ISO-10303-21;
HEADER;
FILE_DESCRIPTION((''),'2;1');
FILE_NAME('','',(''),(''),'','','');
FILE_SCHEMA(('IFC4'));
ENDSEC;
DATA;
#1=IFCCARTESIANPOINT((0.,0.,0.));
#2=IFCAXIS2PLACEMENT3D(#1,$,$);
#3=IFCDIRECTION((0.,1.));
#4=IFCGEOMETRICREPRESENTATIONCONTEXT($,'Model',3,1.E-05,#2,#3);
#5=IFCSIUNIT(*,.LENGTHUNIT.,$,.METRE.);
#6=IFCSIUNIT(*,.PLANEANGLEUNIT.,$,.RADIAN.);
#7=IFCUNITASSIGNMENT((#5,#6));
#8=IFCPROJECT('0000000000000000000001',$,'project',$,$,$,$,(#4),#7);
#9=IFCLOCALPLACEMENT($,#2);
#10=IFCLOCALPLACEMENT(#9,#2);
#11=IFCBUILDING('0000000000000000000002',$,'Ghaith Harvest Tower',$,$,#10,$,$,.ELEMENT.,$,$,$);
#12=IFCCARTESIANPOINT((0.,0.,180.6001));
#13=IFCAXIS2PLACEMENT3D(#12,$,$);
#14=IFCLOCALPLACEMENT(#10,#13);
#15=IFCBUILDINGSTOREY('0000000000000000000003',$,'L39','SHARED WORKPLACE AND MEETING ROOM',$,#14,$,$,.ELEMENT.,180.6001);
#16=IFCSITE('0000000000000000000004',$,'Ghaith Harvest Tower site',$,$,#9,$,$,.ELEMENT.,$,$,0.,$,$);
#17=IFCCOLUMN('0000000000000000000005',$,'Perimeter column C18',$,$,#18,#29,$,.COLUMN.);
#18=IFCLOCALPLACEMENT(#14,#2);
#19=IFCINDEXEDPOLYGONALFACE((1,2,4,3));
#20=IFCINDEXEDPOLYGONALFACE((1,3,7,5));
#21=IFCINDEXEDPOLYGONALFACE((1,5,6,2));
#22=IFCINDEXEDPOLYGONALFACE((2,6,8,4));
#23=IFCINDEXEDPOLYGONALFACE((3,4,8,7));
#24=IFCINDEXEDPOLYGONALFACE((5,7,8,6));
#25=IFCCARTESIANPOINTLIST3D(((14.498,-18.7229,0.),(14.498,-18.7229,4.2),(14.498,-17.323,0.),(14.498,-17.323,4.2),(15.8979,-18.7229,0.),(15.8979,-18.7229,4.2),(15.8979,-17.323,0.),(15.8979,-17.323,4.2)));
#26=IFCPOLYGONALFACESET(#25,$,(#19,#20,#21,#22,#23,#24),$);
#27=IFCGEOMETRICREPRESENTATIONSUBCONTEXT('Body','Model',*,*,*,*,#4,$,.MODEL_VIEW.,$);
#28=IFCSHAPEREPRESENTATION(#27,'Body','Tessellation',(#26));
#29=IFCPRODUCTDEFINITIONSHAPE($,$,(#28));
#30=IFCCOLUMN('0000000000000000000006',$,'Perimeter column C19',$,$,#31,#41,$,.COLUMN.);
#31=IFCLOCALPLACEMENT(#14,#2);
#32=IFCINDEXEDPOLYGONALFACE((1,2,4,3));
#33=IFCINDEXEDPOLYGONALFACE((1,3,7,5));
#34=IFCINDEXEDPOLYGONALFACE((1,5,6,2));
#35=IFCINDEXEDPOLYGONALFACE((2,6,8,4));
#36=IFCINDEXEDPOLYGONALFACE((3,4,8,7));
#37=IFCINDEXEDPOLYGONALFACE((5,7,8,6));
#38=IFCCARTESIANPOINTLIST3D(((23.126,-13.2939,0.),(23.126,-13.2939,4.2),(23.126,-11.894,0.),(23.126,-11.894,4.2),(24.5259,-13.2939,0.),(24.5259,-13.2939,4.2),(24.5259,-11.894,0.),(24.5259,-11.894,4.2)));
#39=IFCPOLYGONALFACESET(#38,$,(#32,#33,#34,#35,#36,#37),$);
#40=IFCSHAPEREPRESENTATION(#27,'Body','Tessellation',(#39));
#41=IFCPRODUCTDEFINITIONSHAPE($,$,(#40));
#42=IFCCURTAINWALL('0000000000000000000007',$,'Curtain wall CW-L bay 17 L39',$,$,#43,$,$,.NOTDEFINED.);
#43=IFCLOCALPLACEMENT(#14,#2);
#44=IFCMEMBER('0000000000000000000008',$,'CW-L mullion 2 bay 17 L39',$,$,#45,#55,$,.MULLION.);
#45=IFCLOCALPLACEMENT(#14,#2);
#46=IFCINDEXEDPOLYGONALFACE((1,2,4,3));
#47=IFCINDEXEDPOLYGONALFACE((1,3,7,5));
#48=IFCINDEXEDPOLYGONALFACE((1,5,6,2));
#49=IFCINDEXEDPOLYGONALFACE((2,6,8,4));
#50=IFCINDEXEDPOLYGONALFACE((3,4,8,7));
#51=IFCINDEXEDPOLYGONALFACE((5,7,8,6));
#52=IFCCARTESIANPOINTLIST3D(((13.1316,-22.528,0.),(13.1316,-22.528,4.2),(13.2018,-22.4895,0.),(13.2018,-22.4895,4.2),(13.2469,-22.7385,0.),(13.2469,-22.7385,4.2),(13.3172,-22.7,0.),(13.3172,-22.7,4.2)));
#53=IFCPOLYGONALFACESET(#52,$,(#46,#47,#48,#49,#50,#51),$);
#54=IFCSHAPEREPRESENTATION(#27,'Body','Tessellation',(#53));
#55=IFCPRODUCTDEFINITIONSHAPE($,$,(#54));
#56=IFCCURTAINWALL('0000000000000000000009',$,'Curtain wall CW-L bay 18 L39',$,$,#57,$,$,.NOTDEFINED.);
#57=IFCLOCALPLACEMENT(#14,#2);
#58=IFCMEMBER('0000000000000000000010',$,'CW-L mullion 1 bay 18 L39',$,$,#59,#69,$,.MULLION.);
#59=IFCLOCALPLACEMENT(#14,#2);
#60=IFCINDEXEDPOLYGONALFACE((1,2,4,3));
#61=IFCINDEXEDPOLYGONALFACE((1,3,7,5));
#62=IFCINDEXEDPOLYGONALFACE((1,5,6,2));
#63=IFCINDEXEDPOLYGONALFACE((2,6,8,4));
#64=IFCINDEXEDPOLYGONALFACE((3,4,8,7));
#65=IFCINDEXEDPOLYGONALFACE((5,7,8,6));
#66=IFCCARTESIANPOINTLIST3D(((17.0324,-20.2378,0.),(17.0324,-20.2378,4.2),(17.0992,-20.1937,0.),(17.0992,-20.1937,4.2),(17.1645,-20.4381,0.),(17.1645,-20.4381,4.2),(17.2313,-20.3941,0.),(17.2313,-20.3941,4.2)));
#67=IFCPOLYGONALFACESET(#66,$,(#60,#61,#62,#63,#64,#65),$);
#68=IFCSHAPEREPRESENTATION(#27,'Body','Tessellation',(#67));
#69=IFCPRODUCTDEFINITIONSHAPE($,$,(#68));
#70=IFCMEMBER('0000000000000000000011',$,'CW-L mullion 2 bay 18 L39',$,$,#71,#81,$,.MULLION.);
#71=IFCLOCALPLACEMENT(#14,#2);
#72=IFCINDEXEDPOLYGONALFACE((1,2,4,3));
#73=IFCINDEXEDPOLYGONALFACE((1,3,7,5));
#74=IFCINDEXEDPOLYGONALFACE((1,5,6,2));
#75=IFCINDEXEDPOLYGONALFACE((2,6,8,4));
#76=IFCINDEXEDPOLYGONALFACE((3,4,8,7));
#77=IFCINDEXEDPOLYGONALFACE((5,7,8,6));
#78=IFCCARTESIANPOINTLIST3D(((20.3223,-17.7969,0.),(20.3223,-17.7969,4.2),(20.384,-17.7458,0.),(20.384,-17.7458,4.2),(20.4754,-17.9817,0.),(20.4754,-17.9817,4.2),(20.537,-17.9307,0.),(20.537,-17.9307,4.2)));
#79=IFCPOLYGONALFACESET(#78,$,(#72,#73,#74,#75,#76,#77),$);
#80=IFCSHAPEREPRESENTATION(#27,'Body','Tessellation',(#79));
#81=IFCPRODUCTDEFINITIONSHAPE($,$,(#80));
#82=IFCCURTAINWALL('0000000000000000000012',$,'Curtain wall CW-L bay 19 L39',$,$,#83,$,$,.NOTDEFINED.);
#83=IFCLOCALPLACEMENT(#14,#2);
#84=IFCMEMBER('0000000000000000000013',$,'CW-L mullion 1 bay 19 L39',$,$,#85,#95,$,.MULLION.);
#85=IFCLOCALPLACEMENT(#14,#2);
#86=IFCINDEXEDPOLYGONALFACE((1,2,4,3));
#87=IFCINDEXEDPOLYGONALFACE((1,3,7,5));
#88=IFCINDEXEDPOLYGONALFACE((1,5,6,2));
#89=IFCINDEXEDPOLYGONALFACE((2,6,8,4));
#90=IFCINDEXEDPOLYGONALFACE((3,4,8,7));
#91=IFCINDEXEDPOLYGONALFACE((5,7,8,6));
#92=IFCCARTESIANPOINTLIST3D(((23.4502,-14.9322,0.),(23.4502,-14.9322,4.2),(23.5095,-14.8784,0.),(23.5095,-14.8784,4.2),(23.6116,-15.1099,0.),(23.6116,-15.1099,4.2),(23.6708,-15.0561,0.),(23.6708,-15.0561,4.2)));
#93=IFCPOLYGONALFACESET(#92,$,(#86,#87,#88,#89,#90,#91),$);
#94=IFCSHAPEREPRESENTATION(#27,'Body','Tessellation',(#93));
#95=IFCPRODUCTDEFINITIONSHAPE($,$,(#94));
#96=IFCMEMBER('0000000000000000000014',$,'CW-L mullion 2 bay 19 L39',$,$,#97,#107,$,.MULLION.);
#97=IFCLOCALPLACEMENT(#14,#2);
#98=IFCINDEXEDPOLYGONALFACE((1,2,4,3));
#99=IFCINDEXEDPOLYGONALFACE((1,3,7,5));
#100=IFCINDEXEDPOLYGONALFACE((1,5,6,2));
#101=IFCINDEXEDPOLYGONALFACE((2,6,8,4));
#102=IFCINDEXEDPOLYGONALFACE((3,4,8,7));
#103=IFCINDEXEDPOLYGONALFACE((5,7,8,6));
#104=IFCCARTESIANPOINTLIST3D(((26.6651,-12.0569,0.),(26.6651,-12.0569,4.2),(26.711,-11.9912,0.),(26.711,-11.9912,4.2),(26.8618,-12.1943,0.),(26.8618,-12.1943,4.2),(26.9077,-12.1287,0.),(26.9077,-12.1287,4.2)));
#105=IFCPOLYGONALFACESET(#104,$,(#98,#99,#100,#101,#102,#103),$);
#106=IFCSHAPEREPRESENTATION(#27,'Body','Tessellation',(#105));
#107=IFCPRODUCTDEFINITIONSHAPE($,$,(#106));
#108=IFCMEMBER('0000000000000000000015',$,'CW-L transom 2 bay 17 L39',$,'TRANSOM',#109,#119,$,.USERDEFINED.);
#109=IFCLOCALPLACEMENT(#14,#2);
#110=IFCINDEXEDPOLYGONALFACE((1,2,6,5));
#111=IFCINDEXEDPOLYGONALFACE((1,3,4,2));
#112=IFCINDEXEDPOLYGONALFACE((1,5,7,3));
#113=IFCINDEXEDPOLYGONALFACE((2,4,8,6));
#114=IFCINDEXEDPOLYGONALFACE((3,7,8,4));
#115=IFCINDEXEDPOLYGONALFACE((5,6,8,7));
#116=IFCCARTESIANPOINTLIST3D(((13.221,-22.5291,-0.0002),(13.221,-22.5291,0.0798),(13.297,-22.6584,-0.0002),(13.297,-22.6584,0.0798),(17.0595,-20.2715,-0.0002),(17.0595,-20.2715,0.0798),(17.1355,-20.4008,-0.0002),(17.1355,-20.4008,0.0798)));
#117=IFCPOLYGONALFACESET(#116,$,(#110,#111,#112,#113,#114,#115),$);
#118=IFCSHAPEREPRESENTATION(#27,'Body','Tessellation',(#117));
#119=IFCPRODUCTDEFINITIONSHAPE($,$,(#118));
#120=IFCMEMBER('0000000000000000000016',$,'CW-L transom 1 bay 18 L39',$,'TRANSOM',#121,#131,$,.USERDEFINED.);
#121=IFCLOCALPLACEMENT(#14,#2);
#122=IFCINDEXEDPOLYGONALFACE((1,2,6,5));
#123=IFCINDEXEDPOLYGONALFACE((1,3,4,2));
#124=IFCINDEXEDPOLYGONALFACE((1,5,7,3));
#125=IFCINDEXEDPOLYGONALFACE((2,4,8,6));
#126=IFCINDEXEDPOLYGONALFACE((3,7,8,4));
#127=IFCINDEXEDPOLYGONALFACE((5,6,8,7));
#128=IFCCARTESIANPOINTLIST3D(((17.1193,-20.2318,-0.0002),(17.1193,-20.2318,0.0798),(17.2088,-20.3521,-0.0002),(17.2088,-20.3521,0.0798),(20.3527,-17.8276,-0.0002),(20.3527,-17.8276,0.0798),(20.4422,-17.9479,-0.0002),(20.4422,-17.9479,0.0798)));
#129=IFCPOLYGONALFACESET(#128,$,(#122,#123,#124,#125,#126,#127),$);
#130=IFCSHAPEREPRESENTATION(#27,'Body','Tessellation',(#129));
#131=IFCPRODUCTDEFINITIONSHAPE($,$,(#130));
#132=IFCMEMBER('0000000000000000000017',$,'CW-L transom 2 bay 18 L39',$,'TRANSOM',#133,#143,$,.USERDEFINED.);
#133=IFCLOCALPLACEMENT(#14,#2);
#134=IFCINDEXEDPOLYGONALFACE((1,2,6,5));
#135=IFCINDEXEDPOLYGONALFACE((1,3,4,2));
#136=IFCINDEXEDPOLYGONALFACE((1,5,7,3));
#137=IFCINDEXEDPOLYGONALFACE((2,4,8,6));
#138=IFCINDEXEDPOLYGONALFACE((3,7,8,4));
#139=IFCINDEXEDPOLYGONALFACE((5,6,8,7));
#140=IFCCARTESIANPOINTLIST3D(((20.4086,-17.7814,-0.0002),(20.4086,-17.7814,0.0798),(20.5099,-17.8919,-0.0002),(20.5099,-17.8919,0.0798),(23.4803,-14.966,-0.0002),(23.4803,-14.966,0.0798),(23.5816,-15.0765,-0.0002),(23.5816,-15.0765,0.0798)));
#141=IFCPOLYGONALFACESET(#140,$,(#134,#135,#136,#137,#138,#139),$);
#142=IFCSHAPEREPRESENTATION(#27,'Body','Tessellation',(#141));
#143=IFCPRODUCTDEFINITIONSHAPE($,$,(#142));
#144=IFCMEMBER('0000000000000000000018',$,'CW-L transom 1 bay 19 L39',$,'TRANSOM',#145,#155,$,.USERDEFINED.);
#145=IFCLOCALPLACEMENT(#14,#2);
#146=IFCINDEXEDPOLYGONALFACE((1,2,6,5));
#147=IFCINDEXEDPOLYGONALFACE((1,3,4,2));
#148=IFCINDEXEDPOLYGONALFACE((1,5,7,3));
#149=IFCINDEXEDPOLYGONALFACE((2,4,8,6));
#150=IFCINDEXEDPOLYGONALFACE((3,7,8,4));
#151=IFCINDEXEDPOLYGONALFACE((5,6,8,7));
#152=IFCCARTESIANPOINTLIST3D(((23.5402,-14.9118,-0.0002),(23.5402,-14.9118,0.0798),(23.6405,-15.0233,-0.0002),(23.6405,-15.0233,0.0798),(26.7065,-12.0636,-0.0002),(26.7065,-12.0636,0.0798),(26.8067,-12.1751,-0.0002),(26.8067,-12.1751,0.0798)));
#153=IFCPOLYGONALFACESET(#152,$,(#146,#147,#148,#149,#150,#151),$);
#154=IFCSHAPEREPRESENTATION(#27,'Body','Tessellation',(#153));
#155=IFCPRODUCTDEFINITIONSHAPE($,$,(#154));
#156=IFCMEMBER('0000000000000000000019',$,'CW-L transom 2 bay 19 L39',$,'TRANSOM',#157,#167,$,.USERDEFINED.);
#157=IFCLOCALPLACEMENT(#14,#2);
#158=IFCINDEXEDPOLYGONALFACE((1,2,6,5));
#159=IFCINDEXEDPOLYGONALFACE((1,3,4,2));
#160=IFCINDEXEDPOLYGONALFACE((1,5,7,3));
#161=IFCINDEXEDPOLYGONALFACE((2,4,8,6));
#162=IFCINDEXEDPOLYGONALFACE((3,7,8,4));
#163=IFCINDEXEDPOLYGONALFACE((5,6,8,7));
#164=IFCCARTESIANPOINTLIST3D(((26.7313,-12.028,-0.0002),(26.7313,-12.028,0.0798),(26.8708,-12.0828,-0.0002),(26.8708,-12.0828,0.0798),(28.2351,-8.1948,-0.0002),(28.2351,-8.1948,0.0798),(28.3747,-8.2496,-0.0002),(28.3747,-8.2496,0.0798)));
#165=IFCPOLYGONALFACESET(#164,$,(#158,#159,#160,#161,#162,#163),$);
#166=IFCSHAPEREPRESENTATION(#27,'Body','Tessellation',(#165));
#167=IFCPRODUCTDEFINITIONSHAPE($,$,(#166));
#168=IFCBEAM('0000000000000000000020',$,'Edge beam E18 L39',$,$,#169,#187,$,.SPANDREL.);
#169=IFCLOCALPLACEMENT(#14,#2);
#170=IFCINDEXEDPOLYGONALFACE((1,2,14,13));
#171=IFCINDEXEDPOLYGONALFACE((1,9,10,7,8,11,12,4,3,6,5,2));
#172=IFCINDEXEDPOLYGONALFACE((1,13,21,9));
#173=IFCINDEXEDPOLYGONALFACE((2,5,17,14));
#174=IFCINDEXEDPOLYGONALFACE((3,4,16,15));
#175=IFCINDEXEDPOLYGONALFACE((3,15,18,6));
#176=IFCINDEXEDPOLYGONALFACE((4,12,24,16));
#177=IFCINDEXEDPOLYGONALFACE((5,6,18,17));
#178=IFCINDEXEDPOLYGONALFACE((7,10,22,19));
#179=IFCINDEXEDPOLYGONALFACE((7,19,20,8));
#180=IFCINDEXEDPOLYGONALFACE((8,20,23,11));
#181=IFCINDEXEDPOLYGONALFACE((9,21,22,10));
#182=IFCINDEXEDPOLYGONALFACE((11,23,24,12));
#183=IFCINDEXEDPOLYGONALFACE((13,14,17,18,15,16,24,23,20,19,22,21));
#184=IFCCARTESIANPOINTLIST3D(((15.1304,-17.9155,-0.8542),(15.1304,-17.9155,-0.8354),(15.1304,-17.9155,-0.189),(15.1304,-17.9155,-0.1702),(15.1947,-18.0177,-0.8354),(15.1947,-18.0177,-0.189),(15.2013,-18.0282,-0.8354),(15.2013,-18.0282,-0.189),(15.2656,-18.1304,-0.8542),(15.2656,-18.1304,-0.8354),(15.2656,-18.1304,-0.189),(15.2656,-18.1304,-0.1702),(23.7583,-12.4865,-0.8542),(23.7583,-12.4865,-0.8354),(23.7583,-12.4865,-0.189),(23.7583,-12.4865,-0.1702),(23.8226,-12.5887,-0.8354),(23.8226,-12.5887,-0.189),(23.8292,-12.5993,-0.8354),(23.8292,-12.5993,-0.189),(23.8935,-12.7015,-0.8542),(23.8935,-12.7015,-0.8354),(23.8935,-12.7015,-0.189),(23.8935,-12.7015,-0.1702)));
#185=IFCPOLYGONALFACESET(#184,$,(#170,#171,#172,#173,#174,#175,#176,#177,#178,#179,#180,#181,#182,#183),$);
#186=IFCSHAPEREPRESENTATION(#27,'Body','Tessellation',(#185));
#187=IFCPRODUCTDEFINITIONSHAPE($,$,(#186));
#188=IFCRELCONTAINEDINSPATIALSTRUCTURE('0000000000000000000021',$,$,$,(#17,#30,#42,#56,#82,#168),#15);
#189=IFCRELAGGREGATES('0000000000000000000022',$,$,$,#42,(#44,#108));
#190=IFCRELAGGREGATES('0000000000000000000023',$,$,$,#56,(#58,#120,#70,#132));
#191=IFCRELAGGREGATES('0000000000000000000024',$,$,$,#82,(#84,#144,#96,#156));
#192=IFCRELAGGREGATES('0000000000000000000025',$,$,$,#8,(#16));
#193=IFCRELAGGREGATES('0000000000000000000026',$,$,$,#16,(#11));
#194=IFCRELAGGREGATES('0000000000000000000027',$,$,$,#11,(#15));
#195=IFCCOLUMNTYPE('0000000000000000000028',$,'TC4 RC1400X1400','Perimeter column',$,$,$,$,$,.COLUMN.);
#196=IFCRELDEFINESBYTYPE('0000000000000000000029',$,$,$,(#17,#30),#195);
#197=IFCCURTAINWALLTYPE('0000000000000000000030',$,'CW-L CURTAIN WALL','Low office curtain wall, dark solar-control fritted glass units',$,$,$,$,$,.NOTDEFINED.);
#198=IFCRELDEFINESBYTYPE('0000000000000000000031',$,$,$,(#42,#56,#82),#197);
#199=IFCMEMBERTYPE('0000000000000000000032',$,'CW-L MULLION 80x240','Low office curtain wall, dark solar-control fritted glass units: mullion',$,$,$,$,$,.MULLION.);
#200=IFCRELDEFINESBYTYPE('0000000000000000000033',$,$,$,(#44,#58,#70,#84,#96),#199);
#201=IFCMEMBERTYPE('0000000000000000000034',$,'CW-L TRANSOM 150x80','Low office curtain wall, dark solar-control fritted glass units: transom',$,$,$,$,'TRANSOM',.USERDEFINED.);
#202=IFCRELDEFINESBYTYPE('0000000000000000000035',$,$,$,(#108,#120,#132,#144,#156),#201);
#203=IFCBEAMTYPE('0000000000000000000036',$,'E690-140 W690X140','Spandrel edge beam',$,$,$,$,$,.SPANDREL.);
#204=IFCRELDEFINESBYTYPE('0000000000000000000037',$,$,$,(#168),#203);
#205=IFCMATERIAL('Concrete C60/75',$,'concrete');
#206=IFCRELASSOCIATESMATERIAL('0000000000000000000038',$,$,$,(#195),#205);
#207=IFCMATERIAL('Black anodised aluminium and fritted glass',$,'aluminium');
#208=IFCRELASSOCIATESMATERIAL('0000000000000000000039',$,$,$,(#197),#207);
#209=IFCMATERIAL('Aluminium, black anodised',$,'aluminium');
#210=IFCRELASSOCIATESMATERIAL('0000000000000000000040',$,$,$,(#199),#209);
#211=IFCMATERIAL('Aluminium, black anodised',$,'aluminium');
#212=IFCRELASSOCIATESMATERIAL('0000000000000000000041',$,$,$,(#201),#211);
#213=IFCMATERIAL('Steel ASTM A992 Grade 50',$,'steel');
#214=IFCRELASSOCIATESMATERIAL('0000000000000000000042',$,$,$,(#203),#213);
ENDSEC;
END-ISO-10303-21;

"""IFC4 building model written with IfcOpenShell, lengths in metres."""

from ifc_helpers import new_model, si_unit, direction, frame, origin, origin_2d, place, context, subcontext, project, spatial, rectangle, i_section, extrude, material, material_profile, profile_set, type_object, element, aggregate, save


model = new_model("IFC4")

# Units and contexts
model_context = context("Model", 3, precision=1e-05, world=origin(), true_north=direction((0.0, 1.0)))
body_context = subcontext(model_context, "Body", "Model", "MODEL_VIEW")
ifc_project = project(units=[si_unit("LENGTHUNIT", "METRE"), si_unit("PLANEANGLEUNIT", "RADIAN")], contexts=[model_context])

# Site, building, storey
site_placement = place(None, origin())
site = spatial("IfcSite", under=ifc_project, at=site_placement, Name="Ghaith Harvest Tower site", CompositionType="ELEMENT", RefElevation=0.0)
building_placement = place(site_placement, origin())
building = spatial("IfcBuilding", under=site, at=building_placement, Name="Ghaith Harvest Tower", CompositionType="ELEMENT")
storey_placement = place(building_placement, frame((0.0, 0.0, 180.6001)))
storey = spatial("IfcBuildingStorey", under=building, at=storey_placement, Name="L39", Description="SHARED WORKPLACE AND MEETING ROOM", CompositionType="ELEMENT", Elevation=180.6001)

# Columns
ifc_material_1 = material(Name="Concrete C60/75", Category="concrete")
ifc_material_profile_1 = material_profile(ifc_material_1, rectangle(XDim=1.3999, YDim=1.3999, at=origin_2d()), Name="RC1400X1400")
ifc_profile_set_1 = profile_set([ifc_material_profile_1], Name="Concrete C60/75")
column_type = type_object("IfcColumnType", Name="TC4 RC1400X1400", Description="Perimeter column", PredefinedType="COLUMN", material=ifc_profile_set_1)
for number, where, z_axis, x_axis, name in (
    (1, (15.198, -18.0229, 0.0), (0.0, 0.0, 1.0), (1.0, 0.0, 0.0), "Perimeter column C18"),
    (2, (23.8259, -12.594, 0.0), (0.0, 0.0, 1.0), (1.0, 0.0, 0.0), "Perimeter column C19"),
):
    element("IfcColumn", number, at=place(storey_placement, frame(where, z_axis=z_axis, x_axis=x_axis)), inside=storey, type_object=column_type, Name=name, PredefinedType="COLUMN", context=body_context, shape_type="SweptSolid", body=[
        extrude(rectangle(XDim=1.3999, YDim=1.3999, at=origin_2d()), origin(), (0.0, 0.0, 1.0), 4.2),
    ])

# Curtain wall, member
ifc_material_2 = material(Name="Black anodised aluminium and fritted glass", Category="aluminium")
curtain_wall_type = type_object("IfcCurtainWallType", Name="CW-L CURTAIN WALL", Description="Low office curtain wall, dark solar-control fritted glass units", PredefinedType="NOTDEFINED", material=ifc_material_2)
curtain_wall_1_placement = place(storey_placement, origin())
curtain_wall_1 = element("IfcCurtainWall", 3, at=curtain_wall_1_placement, inside=storey, type_object=curtain_wall_type, Name="Curtain wall CW-L bay 17 L39", PredefinedType="NOTDEFINED")
ifc_material_3 = material(Name="Aluminium, black anodised", Category="aluminium")
ifc_material_profile_2 = material_profile(ifc_material_3, rectangle(XDim=0.0801, YDim=0.24, at=origin_2d()), Name="CW-L MULLION 80x240")
ifc_profile_set_2 = profile_set([ifc_material_profile_2], Name="Aluminium, black anodised")
member_type_1 = type_object("IfcMemberType", Name="CW-L MULLION 80x240", Description="Low office curtain wall, dark solar-control fritted glass units: mullion", PredefinedType="MULLION", material=ifc_profile_set_2)
member_1_placement = place(storey_placement, frame((13.2244, -22.614, 0.0), z_axis=(0.0, 0.0, 1.0), x_axis=(0.876899, 0.480675, 0.0)))
member_1 = element("IfcMember", 4, at=member_1_placement, type_object=member_type_1, Name="CW-L mullion 2 bay 17 L39", PredefinedType="MULLION", context=body_context, shape_type="SweptSolid", body=[
    extrude(rectangle(XDim=0.0801, YDim=0.24, at=origin_2d()), origin(), (0.0, 0.0, 1.0), 4.2),
])

# Curtain walls, members
curtain_wall_2_placement = place(storey_placement, origin())
curtain_wall_2 = element("IfcCurtainWall", 5, at=curtain_wall_2_placement, inside=storey, type_object=curtain_wall_type, Name="Curtain wall CW-L bay 18 L39", PredefinedType="NOTDEFINED")
member_2_placement = place(storey_placement, frame((17.1318, -20.3159, 0.0), z_axis=(0.0, 0.0, 1.0), x_axis=(0.834887, 0.550421, 0.0)))
member_2 = element("IfcMember", 6, at=member_2_placement, type_object=member_type_1, Name="CW-L mullion 1 bay 18 L39", PredefinedType="MULLION", context=body_context, shape_type="SweptSolid", body=[
    extrude(rectangle(XDim=0.0801, YDim=0.24, at=origin_2d()), origin(), (0.0, 0.0, 1.0), 4.2),
])
member_3_placement = place(storey_placement, frame((20.4297, -17.8638, 0.0), z_axis=(0.0, 0.0, 1.0), x_axis=(0.770306, 0.637674, 0.0)))
member_3 = element("IfcMember", 7, at=member_3_placement, type_object=member_type_1, Name="CW-L mullion 2 bay 18 L39", PredefinedType="MULLION", context=body_context, shape_type="SweptSolid", body=[
    extrude(rectangle(XDim=0.0801, YDim=0.24, at=origin_2d()), origin(), (0.0, 0.0, 1.0), 4.2),
])
curtain_wall_3_placement = place(storey_placement, origin())
curtain_wall_3 = element("IfcCurtainWall", 8, at=curtain_wall_3_placement, inside=storey, type_object=curtain_wall_type, Name="Curtain wall CW-L bay 19 L39", PredefinedType="NOTDEFINED")
member_4_placement = place(storey_placement, frame((23.5605, -14.9941, 0.0), z_axis=(0.0, 0.0, 1.0), x_axis=(0.740389, 0.672179, 0.0)))
member_4 = element("IfcMember", 9, at=member_4_placement, type_object=member_type_1, Name="CW-L mullion 1 bay 19 L39", PredefinedType="MULLION", context=body_context, shape_type="SweptSolid", body=[
    extrude(rectangle(XDim=0.0801, YDim=0.24, at=origin_2d()), origin(), (0.0, 0.0, 1.0), 4.2),
])
member_5_placement = place(storey_placement, frame((26.7864, -12.0928, 0.0), z_axis=(0.0, 0.0, 1.0), x_axis=(0.572853, 0.819658, 0.0)))
member_5 = element("IfcMember", 10, at=member_5_placement, type_object=member_type_1, Name="CW-L mullion 2 bay 19 L39", PredefinedType="MULLION", context=body_context, shape_type="SweptSolid", body=[
    extrude(rectangle(XDim=0.0801, YDim=0.24, at=origin_2d()), origin(), (0.0, 0.0, 1.0), 4.2),
])

# Members
ifc_material_4 = material(Name="Aluminium, black anodised", Category="aluminium")
ifc_material_profile_3 = material_profile(ifc_material_4, rectangle(XDim=0.1499, YDim=0.0801, at=origin_2d()), Name="CW-L TRANSOM 150x80")
ifc_profile_set_3 = profile_set([ifc_material_profile_3], Name="Aluminium, black anodised")
member_type_2 = type_object("IfcMemberType", Name="CW-L TRANSOM 150x80", Description="Low office curtain wall, dark solar-control fritted glass units: transom", ElementType="TRANSOM", PredefinedType="USERDEFINED", material=ifc_profile_set_3)
member_6_placement = place(storey_placement, frame((13.259, -22.5938, 0.0398), z_axis=(0.861964, 0.50697, 0.0), x_axis=(-0.50697, 0.861964, 0.0)))
member_6 = element("IfcMember", 11, at=member_6_placement, type_object=member_type_2, Name="CW-L transom 2 bay 17 L39", ObjectType="TRANSOM", PredefinedType="USERDEFINED", context=body_context, shape_type="SweptSolid", body=[
    extrude(rectangle(XDim=0.1499, YDim=0.0801, at=origin_2d()), origin(), (0.0, 0.0, 1.0), 4.4531),
])
member_7_placement = place(storey_placement, frame((17.1641, -20.292, 0.0398), z_axis=(0.802465, 0.596699, 0.0), x_axis=(-0.596699, 0.802465, 0.0)))
member_7 = element("IfcMember", 12, at=member_7_placement, type_object=member_type_2, Name="CW-L transom 1 bay 18 L39", ObjectType="TRANSOM", PredefinedType="USERDEFINED", context=body_context, shape_type="SweptSolid", body=[
    extrude(rectangle(XDim=0.1499, YDim=0.0801, at=origin_2d()), origin(), (0.0, 0.0, 1.0), 4.0293),
])
member_8_placement = place(storey_placement, frame((20.4592, -17.8367, 0.0398), z_axis=(0.737198, 0.675677, 0.0), x_axis=(-0.675677, 0.737198, 0.0)))
member_8 = element("IfcMember", 13, at=member_8_placement, type_object=member_type_2, Name="CW-L transom 2 bay 18 L39", ObjectType="TRANSOM", PredefinedType="USERDEFINED", context=body_context, shape_type="SweptSolid", body=[
    extrude(rectangle(XDim=0.1499, YDim=0.0801, at=origin_2d()), origin(), (0.0, 0.0, 1.0), 4.1667),
])
member_9_placement = place(storey_placement, frame((23.5903, -14.9675, 0.0398), z_axis=(0.743468, 0.668772, 0.0), x_axis=(-0.668772, 0.743468, 0.0)))
member_9 = element("IfcMember", 14, at=member_9_placement, type_object=member_type_2, Name="CW-L transom 1 bay 19 L39", ObjectType="TRANSOM", PredefinedType="USERDEFINED", context=body_context, shape_type="SweptSolid", body=[
    extrude(rectangle(XDim=0.1499, YDim=0.0801, at=origin_2d()), origin(), (0.0, 0.0, 1.0), 4.2588),
])
member_10_placement = place(storey_placement, frame((26.801, -12.0554, 0.0398), z_axis=(0.365229, 0.930918, 0.0), x_axis=(-0.930918, 0.365229, 0.0)))
member_10 = element("IfcMember", 15, at=member_10_placement, type_object=member_type_2, Name="CW-L transom 2 bay 19 L39", ObjectType="TRANSOM", PredefinedType="USERDEFINED", context=body_context, shape_type="SweptSolid", body=[
    extrude(rectangle(XDim=0.1499, YDim=0.0801, at=origin_2d()), origin(), (0.0, 0.0, 1.0), 4.1177),
])

# Beam
ifc_material_5 = material(Name="Steel ASTM A992 Grade 50", Category="steel")
ifc_material_profile_4 = material_profile(ifc_material_5, i_section(OverallWidth=0.2539, OverallDepth=0.6841, WebThickness=0.0125, FlangeThickness=0.0188, at=origin_2d()), Name="W690X140")
ifc_profile_set_4 = profile_set([ifc_material_profile_4], Name="Steel ASTM A992 Grade 50")
beam_type_1 = type_object("IfcBeamType", Name="E690-140 W690X140", Description="Spandrel edge beam", PredefinedType="SPANDREL", material=ifc_profile_set_4)
beam_1_placement = place(storey_placement, frame((15.198, -18.0229, -0.5122), z_axis=(0.846385, 0.532571, 0.0), x_axis=(-0.532571, 0.846385, 0.0)))
element("IfcBeam", 16, at=beam_1_placement, inside=storey, type_object=beam_type_1, Name="Edge beam E18 L39", PredefinedType="SPANDREL", context=body_context, shape_type="SweptSolid", body=[
    extrude(i_section(OverallWidth=0.2539, OverallDepth=0.6841, WebThickness=0.0125, FlangeThickness=0.0188, at=origin_2d()), origin(), (0.0, 0.0, 1.0), 10.1938),
])

aggregate(curtain_wall_1, [member_1, member_6])
aggregate(curtain_wall_2, [member_2, member_7, member_3, member_8])
aggregate(curtain_wall_3, [member_4, member_9, member_5, member_10])

save(model, "model.ifc")
